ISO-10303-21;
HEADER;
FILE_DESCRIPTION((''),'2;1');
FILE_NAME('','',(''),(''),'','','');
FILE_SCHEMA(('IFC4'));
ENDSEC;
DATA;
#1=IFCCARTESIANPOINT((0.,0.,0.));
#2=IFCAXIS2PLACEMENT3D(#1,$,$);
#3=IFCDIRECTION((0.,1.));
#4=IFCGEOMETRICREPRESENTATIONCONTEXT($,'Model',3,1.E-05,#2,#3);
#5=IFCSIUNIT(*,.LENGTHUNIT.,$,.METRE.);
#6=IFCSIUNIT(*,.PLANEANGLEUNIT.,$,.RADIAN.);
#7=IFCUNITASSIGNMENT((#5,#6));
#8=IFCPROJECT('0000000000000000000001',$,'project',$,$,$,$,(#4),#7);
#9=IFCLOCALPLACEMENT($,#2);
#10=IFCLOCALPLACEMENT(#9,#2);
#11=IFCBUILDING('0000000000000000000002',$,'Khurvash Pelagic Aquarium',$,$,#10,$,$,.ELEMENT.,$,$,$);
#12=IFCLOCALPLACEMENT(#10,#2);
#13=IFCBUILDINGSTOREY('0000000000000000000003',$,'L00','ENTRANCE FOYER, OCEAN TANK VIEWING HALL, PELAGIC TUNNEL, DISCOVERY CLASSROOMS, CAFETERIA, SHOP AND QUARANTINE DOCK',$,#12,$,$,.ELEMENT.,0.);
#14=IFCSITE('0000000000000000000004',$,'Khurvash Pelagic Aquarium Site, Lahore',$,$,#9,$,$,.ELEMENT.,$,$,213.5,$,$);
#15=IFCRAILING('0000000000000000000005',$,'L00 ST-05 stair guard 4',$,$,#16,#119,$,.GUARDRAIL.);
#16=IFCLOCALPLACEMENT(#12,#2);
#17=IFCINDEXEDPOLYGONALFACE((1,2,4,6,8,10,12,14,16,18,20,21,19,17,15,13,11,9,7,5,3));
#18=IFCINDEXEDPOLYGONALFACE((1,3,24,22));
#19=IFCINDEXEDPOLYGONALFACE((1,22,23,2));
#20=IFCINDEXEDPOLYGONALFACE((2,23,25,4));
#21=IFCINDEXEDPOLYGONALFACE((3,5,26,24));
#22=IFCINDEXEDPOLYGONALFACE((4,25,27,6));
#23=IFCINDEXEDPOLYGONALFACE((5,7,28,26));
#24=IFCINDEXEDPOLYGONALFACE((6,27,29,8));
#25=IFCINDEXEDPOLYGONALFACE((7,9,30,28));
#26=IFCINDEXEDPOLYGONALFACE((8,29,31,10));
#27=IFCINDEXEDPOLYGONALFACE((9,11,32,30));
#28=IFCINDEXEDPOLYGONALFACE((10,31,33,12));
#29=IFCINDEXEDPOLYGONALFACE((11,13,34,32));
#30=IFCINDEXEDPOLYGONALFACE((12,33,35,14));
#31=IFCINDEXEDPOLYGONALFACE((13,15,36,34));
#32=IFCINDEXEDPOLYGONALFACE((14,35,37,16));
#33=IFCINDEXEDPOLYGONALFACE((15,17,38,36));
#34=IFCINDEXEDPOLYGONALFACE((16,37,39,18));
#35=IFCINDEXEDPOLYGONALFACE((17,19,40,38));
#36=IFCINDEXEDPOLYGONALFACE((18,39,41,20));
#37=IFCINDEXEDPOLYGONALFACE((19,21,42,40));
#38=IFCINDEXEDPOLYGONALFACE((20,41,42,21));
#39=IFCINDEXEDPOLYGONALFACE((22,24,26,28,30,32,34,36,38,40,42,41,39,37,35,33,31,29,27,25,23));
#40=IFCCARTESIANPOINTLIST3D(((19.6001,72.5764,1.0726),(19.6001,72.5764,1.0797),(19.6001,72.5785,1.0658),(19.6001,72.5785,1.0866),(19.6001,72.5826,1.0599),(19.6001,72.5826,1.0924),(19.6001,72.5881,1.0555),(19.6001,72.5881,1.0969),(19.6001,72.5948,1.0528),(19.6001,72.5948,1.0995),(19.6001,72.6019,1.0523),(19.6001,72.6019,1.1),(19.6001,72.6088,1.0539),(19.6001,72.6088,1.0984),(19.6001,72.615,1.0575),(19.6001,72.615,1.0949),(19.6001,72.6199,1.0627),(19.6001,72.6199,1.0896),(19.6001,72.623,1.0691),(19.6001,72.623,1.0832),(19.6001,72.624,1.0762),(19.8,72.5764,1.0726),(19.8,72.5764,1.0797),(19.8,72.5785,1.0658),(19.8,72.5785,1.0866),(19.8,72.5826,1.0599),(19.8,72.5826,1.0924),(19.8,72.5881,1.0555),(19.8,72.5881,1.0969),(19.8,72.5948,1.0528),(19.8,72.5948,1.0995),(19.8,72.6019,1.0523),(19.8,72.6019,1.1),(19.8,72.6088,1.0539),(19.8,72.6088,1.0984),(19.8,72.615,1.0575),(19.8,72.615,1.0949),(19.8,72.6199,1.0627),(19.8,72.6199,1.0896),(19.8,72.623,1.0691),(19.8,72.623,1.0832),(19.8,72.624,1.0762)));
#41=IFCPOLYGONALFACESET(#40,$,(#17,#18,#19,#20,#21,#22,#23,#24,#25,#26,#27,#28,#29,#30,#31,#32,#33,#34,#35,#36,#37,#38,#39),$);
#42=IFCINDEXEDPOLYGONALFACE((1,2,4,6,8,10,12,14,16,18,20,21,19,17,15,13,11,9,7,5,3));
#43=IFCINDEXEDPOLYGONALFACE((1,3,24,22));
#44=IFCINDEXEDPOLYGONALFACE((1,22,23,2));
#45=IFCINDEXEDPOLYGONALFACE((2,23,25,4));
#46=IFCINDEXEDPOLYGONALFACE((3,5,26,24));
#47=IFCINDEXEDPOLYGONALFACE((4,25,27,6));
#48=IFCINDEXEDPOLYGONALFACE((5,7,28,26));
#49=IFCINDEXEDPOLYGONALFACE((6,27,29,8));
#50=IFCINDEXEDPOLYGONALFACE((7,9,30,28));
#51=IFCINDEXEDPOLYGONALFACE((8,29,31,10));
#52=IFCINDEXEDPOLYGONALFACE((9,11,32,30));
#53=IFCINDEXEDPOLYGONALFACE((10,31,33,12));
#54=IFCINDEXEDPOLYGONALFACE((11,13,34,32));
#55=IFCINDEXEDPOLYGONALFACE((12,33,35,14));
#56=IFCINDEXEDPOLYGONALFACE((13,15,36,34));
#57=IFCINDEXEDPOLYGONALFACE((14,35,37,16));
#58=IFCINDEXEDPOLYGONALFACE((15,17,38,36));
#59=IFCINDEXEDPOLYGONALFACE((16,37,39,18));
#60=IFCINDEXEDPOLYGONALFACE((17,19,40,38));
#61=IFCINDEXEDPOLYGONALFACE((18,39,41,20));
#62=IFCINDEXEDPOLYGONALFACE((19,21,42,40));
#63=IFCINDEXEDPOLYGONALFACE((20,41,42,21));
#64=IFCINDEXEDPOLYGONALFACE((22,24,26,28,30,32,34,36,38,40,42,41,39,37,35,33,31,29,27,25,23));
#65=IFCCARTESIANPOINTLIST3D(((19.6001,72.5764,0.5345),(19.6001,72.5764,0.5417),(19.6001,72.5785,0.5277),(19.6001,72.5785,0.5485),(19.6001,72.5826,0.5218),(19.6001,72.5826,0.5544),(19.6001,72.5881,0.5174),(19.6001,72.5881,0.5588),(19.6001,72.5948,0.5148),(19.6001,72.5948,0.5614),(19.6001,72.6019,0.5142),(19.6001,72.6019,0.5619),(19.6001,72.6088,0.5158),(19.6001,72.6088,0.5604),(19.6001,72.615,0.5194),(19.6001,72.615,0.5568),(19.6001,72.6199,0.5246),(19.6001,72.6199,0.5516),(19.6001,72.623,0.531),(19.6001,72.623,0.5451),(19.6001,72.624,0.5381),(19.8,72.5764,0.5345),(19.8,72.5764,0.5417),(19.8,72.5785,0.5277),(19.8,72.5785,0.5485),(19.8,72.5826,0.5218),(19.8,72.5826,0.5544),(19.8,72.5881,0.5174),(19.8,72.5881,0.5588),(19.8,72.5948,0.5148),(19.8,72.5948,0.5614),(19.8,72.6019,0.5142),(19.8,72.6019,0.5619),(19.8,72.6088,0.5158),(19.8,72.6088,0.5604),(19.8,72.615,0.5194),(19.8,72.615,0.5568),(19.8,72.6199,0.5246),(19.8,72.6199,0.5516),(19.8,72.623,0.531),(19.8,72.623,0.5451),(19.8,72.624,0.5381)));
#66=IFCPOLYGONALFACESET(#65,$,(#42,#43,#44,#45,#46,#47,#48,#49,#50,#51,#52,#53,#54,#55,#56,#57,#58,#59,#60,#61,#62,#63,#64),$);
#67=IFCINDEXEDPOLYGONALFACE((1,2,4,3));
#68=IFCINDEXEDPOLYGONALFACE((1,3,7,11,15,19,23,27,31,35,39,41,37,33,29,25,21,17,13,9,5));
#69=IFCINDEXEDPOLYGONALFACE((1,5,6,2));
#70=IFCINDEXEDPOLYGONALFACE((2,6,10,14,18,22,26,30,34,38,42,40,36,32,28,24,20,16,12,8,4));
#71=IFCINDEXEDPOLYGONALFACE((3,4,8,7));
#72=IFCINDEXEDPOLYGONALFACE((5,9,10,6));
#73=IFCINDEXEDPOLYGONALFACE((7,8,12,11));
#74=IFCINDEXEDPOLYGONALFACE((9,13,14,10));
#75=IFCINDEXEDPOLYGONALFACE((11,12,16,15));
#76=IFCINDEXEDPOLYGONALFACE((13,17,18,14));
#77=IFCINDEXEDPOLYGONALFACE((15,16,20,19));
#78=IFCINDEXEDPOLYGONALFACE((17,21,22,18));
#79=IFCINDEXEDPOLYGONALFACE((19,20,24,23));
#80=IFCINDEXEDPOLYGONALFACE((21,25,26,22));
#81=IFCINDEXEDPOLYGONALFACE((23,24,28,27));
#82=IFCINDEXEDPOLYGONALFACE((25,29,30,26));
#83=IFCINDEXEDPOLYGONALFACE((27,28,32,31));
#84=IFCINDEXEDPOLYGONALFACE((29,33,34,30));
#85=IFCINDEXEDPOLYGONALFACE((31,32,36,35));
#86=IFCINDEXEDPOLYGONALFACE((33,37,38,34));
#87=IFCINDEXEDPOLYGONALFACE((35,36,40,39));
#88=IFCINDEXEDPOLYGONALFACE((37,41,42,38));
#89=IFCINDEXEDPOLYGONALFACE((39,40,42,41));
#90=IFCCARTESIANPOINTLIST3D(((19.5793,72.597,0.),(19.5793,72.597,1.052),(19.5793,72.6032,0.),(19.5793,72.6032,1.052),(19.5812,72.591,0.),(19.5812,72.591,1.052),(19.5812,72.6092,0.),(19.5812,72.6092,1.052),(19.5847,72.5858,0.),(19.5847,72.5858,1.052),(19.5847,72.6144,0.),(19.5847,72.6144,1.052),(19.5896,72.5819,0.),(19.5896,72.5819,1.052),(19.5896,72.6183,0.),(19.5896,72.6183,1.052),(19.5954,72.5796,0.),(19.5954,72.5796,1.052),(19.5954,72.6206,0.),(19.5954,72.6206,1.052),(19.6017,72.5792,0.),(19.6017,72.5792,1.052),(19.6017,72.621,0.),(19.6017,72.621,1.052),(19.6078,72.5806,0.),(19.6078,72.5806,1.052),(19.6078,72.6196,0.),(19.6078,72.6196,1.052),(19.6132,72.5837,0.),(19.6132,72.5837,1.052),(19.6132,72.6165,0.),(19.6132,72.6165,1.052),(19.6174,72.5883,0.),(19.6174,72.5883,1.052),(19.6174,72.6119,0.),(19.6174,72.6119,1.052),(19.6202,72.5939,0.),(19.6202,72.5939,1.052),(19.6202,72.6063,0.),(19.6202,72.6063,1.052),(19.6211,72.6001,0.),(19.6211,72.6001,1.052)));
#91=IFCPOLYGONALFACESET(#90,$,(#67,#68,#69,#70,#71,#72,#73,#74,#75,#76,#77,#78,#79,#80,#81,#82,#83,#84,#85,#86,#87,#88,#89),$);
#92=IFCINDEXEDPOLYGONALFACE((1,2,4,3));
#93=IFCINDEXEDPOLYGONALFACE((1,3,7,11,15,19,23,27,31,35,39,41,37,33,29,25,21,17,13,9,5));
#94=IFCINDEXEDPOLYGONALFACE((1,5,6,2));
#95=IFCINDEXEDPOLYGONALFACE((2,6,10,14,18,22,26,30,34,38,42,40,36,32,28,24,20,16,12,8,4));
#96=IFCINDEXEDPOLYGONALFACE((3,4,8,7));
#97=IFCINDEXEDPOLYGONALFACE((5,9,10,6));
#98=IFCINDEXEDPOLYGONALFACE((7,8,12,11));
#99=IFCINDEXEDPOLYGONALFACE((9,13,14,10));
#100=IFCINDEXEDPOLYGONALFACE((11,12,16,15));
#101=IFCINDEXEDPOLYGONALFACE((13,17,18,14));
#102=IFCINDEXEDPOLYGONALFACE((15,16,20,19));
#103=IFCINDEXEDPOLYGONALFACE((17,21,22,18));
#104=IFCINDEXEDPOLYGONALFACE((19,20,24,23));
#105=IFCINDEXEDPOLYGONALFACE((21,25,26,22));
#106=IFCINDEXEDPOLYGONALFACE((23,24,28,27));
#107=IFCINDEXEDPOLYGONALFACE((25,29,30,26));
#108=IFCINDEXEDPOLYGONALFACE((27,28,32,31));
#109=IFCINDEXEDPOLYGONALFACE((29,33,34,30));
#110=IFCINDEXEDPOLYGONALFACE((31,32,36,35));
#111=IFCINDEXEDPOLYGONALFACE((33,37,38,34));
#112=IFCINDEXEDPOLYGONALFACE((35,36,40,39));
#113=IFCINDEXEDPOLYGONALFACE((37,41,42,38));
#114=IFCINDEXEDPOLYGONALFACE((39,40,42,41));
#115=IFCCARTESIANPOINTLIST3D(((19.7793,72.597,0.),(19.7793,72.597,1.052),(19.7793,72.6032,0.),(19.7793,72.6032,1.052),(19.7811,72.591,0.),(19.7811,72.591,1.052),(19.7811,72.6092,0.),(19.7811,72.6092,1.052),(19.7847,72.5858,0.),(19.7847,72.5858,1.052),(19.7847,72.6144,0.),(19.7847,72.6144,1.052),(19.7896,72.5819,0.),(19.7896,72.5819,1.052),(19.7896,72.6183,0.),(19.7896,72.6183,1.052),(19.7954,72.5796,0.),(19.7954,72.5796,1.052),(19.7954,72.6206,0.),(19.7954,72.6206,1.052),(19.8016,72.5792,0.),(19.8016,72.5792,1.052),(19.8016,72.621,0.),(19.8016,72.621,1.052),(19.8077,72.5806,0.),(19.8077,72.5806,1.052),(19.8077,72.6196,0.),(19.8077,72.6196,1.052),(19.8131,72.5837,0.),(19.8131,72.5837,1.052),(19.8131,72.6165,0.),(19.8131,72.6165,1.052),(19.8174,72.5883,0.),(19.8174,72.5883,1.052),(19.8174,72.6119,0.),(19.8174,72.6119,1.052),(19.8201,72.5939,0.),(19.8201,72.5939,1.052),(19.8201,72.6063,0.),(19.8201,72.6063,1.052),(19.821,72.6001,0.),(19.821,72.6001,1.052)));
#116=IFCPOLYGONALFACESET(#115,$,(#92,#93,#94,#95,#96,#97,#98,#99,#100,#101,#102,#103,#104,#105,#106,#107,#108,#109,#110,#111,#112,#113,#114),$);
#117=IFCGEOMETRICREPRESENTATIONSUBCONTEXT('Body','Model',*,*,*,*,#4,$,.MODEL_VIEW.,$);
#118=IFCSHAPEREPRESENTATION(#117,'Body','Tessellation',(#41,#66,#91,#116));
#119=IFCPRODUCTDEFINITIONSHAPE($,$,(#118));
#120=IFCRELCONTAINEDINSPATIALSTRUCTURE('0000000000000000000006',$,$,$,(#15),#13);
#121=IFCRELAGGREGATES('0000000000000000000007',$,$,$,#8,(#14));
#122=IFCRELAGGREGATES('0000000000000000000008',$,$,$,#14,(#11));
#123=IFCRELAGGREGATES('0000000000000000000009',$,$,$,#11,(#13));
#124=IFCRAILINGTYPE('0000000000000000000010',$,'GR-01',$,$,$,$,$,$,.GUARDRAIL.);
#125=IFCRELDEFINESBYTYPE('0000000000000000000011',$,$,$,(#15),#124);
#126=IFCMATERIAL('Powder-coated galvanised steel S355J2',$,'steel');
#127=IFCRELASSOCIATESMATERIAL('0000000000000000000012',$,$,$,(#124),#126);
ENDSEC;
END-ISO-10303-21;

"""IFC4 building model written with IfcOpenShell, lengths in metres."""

from ifc_helpers import new_model, si_unit, direction, frame, origin, origin_2d, place, context, subcontext, project, spatial, circle, extrude, material, type_object, element, save


model = new_model("IFC4")

# Units and contexts
model_context = context("Model", 3, precision=1e-05, world=origin(), true_north=direction((0.0, 1.0)))
body_context = subcontext(model_context, "Body", "Model", "MODEL_VIEW")
ifc_project = project(units=[si_unit("LENGTHUNIT", "METRE"), si_unit("PLANEANGLEUNIT", "RADIAN")], contexts=[model_context])

# Site, building, storey
site_placement = place(None, origin())
site = spatial("IfcSite", under=ifc_project, at=site_placement, Name="Khurvash Pelagic Aquarium Site, Lahore", CompositionType="ELEMENT", RefElevation=213.5)
building_placement = place(site_placement, origin())
building = spatial("IfcBuilding", under=site, at=building_placement, Name="Khurvash Pelagic Aquarium", CompositionType="ELEMENT")
storey_placement = place(building_placement, origin())
storey = spatial("IfcBuildingStorey", under=building, at=storey_placement, Name="L00", Description="ENTRANCE FOYER, OCEAN TANK VIEWING HALL, PELAGIC TUNNEL, DISCOVERY CLASSROOMS, CAFETERIA, SHOP AND QUARANTINE DOCK", CompositionType="ELEMENT", Elevation=0.0)

# Railing
ifc_material_1 = material(Name="Powder-coated galvanised steel S355J2", Category="steel")
railing_type_1 = type_object("IfcRailingType", Name="GR-01", PredefinedType="GUARDRAIL", material=ifc_material_1)
railing_1_placement = place(storey_placement, frame((19.6001, 72.6001, 0.0)))
element("IfcRailing", 1, at=railing_1_placement, inside=storey, type_object=railing_type_1, Name="L00 ST-05 stair guard 4", PredefinedType="GUARDRAIL", context=body_context, shape_type="SweptSolid", body=[
    extrude(circle(Radius=0.0239, at=origin_2d()), frame((0.0, 0.0, 1.0762), z_axis=(1.0, 0.0, 0.0), x_axis=(0.0, 1.0, 0.0)), (0.0, 0.0, 1.0), 0.2),
    extrude(circle(Radius=0.0239, at=origin_2d()), frame((0.0, 0.0, 0.5381), z_axis=(1.0, 0.0, 0.0), x_axis=(0.0, 1.0, 0.0)), (0.0, 0.0, 1.0), 0.2),
    extrude(circle(Radius=0.021, at=origin_2d()), origin(), (0.0, 0.0, 1.0), 1.052),
    extrude(circle(Radius=0.021, at=origin_2d()), frame((0.2, 0.0, 0.0)), (0.0, 0.0, 1.0), 1.052),
])

save(model, "model.ifc")
